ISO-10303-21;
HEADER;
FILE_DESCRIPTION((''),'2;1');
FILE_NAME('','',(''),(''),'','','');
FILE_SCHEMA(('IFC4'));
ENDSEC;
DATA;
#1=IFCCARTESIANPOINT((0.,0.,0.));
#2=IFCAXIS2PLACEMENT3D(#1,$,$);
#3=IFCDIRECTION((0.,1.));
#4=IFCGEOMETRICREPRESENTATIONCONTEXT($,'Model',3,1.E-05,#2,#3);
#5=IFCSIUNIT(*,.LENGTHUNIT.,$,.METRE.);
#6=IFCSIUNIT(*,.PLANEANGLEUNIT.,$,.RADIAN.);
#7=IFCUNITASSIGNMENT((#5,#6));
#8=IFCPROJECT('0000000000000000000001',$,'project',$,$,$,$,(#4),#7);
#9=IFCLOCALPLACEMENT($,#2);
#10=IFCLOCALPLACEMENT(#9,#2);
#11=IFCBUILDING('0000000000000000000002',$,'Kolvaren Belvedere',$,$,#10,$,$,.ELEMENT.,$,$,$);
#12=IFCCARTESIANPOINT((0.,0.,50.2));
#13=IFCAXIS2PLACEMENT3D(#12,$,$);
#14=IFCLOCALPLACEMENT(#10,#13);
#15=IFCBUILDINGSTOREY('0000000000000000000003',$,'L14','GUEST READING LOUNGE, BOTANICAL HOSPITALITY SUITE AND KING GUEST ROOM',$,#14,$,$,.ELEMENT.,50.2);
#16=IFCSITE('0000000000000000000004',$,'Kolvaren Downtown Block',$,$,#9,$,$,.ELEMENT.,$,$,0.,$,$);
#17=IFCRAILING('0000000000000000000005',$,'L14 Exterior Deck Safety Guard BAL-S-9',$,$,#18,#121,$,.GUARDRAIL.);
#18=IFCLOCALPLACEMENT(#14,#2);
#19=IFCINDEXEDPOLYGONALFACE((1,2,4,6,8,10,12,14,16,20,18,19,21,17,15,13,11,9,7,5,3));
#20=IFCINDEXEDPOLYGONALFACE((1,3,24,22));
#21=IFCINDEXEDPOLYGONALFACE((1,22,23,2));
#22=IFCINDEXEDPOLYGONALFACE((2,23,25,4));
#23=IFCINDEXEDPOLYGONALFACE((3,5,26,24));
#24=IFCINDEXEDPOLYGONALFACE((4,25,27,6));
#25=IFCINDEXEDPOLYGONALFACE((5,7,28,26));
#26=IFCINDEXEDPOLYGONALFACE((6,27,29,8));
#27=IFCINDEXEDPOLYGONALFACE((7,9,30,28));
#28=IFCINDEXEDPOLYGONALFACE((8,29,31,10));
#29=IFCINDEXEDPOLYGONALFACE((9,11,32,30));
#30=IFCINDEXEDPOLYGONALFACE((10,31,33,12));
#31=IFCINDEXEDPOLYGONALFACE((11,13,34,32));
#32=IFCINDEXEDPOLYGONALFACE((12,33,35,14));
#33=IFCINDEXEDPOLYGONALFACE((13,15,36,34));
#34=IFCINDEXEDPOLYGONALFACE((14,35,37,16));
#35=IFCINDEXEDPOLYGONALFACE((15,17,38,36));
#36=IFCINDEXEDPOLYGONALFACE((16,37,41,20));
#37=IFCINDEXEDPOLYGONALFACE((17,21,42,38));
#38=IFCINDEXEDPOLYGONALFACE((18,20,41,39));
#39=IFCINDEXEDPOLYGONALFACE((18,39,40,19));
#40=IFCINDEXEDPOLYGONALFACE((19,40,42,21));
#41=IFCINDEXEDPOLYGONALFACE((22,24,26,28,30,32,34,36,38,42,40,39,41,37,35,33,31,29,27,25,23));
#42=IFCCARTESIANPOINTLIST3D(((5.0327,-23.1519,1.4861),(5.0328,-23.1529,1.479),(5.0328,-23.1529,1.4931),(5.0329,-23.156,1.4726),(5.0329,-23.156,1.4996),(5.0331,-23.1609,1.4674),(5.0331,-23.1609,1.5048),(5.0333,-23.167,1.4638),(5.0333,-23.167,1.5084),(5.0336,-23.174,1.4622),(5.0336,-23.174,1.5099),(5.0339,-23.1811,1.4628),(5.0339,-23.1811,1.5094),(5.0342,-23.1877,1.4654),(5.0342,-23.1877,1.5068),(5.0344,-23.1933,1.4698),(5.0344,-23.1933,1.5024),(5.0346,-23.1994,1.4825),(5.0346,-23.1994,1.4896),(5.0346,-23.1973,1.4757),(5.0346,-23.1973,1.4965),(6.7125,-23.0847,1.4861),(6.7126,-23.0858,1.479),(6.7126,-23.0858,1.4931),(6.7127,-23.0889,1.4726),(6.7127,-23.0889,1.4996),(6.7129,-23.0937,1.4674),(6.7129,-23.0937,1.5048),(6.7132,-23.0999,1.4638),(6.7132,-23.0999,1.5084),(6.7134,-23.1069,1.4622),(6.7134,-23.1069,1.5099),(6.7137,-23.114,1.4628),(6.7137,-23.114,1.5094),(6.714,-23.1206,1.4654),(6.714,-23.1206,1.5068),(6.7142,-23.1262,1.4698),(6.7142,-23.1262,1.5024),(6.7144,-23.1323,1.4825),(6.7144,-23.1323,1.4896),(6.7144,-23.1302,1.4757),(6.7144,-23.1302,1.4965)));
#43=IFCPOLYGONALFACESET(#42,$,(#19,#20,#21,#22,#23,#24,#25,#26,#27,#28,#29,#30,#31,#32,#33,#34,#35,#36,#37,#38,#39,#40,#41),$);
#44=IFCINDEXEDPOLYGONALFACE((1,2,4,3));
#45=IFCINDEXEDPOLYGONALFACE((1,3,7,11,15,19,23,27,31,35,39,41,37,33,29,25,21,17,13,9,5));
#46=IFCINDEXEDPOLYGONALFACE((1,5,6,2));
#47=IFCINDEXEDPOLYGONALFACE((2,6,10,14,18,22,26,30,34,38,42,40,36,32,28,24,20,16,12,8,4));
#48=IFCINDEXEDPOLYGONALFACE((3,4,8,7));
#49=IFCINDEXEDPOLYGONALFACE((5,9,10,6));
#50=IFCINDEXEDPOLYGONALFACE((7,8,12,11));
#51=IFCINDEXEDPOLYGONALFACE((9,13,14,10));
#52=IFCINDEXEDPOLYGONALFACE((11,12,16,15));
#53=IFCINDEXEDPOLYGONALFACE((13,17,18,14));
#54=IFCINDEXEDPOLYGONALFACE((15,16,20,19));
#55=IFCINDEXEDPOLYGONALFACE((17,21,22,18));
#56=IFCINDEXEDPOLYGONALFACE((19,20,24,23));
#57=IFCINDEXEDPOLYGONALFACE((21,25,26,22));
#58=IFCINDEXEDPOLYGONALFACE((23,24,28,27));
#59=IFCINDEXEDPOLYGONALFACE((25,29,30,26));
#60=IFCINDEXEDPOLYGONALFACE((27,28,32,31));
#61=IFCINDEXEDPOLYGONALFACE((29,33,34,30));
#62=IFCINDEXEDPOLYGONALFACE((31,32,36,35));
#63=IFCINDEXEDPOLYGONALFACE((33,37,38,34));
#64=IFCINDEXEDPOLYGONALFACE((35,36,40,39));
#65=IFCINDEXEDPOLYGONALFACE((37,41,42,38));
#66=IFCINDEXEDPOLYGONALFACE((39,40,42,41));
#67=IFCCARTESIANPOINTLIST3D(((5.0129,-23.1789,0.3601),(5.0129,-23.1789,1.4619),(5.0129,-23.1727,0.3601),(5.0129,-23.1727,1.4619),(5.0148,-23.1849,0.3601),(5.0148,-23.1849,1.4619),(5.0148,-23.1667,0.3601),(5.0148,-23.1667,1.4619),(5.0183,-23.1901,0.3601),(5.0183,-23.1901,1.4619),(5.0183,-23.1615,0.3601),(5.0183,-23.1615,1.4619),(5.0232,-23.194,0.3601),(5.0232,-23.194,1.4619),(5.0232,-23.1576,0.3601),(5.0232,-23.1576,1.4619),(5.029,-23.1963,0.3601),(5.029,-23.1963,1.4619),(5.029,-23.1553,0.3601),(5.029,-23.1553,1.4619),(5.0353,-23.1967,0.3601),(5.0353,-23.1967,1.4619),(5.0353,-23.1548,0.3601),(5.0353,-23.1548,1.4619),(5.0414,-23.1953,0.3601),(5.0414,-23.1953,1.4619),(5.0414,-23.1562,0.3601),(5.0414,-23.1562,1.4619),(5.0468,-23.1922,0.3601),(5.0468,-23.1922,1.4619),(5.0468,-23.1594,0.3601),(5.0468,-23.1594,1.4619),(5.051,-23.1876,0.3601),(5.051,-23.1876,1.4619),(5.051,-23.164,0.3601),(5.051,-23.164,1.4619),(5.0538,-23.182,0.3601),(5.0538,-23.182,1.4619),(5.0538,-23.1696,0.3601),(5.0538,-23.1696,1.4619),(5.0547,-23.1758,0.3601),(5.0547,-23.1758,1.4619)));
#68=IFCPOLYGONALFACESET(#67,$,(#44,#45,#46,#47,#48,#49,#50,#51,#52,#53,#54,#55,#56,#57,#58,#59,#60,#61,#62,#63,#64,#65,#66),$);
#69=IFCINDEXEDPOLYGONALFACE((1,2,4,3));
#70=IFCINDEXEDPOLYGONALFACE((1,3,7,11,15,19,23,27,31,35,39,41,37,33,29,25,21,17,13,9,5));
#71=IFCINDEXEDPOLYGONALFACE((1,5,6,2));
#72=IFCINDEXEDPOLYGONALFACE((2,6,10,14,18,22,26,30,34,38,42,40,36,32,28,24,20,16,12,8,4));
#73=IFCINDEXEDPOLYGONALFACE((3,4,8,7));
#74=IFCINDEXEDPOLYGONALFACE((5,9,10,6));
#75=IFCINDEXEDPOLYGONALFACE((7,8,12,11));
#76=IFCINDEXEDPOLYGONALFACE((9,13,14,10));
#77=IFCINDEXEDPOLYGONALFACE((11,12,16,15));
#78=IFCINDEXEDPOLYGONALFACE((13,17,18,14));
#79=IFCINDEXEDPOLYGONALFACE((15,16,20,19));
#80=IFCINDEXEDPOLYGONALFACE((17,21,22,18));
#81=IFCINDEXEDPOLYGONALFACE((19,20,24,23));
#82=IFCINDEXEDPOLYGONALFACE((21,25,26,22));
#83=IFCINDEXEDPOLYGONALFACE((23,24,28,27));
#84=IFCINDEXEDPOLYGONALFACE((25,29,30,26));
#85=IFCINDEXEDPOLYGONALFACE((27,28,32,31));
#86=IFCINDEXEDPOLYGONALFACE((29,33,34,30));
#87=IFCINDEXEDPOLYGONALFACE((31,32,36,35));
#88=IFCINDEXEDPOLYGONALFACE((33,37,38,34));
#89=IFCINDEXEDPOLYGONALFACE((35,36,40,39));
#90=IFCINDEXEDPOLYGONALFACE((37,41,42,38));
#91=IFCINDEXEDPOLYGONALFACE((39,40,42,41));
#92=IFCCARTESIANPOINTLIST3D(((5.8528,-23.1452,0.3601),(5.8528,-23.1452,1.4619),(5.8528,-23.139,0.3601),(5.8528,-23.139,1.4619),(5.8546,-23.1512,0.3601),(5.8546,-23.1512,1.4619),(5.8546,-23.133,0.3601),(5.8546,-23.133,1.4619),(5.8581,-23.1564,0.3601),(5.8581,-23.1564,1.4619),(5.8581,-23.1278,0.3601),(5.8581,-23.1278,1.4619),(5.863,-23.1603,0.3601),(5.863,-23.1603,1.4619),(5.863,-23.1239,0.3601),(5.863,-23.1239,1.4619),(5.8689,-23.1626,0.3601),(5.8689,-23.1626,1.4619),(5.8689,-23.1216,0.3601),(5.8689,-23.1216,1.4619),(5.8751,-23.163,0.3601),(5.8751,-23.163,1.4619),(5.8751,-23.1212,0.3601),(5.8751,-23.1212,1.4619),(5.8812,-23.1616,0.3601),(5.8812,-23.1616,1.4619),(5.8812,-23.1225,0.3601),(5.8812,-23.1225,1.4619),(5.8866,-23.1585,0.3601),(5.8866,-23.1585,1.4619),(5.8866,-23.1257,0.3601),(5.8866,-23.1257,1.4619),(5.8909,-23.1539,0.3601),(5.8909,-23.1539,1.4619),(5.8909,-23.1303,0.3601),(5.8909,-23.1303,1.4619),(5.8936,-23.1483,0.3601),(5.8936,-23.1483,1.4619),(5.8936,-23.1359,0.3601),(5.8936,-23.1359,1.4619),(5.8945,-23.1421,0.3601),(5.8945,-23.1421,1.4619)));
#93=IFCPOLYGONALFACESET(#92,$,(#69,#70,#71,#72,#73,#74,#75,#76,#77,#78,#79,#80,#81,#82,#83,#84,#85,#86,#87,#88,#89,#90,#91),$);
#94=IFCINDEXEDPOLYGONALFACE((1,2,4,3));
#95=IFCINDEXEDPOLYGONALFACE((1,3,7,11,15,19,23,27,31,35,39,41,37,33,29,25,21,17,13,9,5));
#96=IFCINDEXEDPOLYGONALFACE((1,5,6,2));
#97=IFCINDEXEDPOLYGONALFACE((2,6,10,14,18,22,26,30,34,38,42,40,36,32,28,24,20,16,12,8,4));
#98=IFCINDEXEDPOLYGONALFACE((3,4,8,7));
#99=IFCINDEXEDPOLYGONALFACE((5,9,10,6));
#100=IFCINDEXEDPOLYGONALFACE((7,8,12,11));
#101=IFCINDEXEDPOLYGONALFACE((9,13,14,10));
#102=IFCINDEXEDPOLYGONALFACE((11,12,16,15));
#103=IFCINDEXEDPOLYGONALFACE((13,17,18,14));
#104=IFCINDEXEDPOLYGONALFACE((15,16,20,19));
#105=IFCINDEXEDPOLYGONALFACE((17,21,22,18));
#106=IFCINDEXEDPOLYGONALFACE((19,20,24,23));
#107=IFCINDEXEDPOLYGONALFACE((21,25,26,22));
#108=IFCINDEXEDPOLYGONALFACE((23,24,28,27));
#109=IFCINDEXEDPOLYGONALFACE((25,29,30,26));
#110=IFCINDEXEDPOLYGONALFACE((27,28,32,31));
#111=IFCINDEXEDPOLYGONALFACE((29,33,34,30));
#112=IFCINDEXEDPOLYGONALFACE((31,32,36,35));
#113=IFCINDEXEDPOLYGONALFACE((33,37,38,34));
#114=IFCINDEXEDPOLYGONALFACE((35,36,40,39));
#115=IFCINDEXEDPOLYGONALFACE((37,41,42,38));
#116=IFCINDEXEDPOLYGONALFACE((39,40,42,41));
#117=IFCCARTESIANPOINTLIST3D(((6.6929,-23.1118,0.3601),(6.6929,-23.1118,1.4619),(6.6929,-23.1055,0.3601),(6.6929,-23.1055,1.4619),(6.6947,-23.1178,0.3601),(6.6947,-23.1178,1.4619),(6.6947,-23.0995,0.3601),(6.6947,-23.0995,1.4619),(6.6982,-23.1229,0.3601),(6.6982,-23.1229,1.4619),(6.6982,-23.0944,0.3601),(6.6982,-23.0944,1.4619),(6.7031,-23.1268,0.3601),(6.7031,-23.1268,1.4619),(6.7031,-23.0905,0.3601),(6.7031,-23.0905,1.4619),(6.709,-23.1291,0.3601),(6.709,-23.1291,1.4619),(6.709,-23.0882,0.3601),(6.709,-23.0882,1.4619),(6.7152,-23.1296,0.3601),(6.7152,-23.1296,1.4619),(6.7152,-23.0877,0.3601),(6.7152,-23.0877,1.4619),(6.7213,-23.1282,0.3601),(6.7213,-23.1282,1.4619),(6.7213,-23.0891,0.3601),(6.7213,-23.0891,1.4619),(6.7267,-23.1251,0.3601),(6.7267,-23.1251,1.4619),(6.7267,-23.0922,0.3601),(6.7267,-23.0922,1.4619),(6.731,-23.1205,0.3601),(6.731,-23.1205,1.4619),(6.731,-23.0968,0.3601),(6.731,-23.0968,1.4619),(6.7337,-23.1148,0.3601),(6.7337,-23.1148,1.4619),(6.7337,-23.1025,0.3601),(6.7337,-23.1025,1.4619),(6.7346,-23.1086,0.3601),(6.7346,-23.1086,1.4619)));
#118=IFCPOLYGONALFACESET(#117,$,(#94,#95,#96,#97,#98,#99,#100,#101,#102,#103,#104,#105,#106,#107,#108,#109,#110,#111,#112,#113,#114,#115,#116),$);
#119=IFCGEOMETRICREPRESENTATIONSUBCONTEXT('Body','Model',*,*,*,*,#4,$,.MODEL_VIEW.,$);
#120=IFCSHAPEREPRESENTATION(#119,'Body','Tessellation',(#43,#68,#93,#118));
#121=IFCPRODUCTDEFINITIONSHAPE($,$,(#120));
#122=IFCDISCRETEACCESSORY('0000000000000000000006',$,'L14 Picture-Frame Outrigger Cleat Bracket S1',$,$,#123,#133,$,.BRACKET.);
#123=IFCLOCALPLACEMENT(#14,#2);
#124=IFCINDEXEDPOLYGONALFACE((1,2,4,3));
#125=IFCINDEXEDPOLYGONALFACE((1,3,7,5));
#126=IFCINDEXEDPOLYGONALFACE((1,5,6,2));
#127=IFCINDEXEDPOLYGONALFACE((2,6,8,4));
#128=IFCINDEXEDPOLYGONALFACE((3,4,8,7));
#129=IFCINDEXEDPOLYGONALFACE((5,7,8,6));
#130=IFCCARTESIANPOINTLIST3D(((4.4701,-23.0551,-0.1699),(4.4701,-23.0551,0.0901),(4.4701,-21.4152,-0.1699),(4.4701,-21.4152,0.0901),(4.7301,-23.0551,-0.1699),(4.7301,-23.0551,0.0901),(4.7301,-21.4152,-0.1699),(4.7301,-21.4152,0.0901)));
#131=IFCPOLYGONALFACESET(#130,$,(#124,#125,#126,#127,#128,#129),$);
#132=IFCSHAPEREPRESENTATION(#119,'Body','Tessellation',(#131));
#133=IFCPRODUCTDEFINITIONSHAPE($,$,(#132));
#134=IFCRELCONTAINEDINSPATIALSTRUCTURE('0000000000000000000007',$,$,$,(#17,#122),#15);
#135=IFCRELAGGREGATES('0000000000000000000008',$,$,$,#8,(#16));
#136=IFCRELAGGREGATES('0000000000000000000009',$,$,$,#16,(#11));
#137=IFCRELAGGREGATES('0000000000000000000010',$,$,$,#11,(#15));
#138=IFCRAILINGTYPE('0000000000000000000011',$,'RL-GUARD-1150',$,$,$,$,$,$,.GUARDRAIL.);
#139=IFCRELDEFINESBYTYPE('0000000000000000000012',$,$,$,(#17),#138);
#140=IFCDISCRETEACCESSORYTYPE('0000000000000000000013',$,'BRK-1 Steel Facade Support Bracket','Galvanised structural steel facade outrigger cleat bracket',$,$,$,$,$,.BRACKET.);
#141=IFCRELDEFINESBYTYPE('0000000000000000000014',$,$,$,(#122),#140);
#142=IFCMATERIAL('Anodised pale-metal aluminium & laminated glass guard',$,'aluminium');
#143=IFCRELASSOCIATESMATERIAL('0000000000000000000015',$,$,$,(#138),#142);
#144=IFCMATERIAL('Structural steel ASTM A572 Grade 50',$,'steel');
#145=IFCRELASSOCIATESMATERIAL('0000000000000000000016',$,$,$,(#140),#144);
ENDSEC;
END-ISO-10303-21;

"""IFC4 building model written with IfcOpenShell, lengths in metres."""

from ifc_helpers import new_model, si_unit, direction, frame, origin, origin_2d, place, context, subcontext, project, spatial, rectangle, circle, extrude, material, type_object, element, save


model = new_model("IFC4")

# Units and contexts
model_context = context("Model", 3, precision=1e-05, world=origin(), true_north=direction((0.0, 1.0)))
body_context = subcontext(model_context, "Body", "Model", "MODEL_VIEW")
ifc_project = project(units=[si_unit("LENGTHUNIT", "METRE"), si_unit("PLANEANGLEUNIT", "RADIAN")], contexts=[model_context])

# Site, building, storey
site_placement = place(None, origin())
site = spatial("IfcSite", under=ifc_project, at=site_placement, Name="Kolvaren Downtown Block", CompositionType="ELEMENT", RefElevation=0.0)
building_placement = place(site_placement, origin())
building = spatial("IfcBuilding", under=site, at=building_placement, Name="Kolvaren Belvedere", CompositionType="ELEMENT")
storey_placement = place(building_placement, frame((0.0, 0.0, 50.2)))
storey = spatial("IfcBuildingStorey", under=building, at=storey_placement, Name="L14", Description="GUEST READING LOUNGE, BOTANICAL HOSPITALITY SUITE AND KING GUEST ROOM", CompositionType="ELEMENT", Elevation=50.2)

# Railing
ifc_material_1 = material(Name="Anodised pale-metal aluminium & laminated glass guard", Category="aluminium")
railing_type = type_object("IfcRailingType", Name="RL-GUARD-1150", PredefinedType="GUARDRAIL", material=ifc_material_1)
railing_1_placement = place(storey_placement, frame((5.0337, -23.1758, 0.3601)))
element("IfcRailing", 1, at=railing_1_placement, inside=storey, type_object=railing_type, Name="L14 Exterior Deck Safety Guard BAL-S-9", PredefinedType="GUARDRAIL", context=body_context, shape_type="SweptSolid", body=[
    extrude(circle(Radius=0.0239, at=origin_2d()), frame((0.0, 0.0, 1.126), z_axis=(0.999202, 0.039933, 0.0), x_axis=(-0.039933, 0.999202, 0.0)), (0.0, 0.0, 1.0), 1.6812),
    extrude(circle(Radius=0.021, at=origin_2d()), origin(), (0.0, 0.0, 1.0), 1.1018),
    extrude(circle(Radius=0.021, at=origin_2d()), frame((0.8398, 0.0337, 0.0)), (0.0, 0.0, 1.0), 1.1018),
    extrude(circle(Radius=0.021, at=origin_2d()), frame((1.6799, 0.0671, 0.0)), (0.0, 0.0, 1.0), 1.1018),
])

# Discrete accessory
ifc_material_2 = material(Name="Structural steel ASTM A572 Grade 50", Category="steel")
discrete_accessory_type = type_object("IfcDiscreteAccessoryType", Name="BRK-1 Steel Facade Support Bracket", Description="Galvanised structural steel facade outrigger cleat bracket", PredefinedType="BRACKET", material=ifc_material_2)
discrete_accessory_placement = place(storey_placement, frame((4.6001, -22.2351, -0.1699), z_axis=(0.0, 0.0, 1.0), x_axis=(0.0, 1.0, 0.0)))
element("IfcDiscreteAccessory", 2, at=discrete_accessory_placement, inside=storey, type_object=discrete_accessory_type, Name="L14 Picture-Frame Outrigger Cleat Bracket S1", PredefinedType="BRACKET", context=body_context, shape_type="SweptSolid", body=[
    extrude(rectangle(XDim=1.6399, YDim=0.26, at=origin_2d()), origin(), (0.0, 0.0, 1.0), 0.26),
])

save(model, "model.ifc")
